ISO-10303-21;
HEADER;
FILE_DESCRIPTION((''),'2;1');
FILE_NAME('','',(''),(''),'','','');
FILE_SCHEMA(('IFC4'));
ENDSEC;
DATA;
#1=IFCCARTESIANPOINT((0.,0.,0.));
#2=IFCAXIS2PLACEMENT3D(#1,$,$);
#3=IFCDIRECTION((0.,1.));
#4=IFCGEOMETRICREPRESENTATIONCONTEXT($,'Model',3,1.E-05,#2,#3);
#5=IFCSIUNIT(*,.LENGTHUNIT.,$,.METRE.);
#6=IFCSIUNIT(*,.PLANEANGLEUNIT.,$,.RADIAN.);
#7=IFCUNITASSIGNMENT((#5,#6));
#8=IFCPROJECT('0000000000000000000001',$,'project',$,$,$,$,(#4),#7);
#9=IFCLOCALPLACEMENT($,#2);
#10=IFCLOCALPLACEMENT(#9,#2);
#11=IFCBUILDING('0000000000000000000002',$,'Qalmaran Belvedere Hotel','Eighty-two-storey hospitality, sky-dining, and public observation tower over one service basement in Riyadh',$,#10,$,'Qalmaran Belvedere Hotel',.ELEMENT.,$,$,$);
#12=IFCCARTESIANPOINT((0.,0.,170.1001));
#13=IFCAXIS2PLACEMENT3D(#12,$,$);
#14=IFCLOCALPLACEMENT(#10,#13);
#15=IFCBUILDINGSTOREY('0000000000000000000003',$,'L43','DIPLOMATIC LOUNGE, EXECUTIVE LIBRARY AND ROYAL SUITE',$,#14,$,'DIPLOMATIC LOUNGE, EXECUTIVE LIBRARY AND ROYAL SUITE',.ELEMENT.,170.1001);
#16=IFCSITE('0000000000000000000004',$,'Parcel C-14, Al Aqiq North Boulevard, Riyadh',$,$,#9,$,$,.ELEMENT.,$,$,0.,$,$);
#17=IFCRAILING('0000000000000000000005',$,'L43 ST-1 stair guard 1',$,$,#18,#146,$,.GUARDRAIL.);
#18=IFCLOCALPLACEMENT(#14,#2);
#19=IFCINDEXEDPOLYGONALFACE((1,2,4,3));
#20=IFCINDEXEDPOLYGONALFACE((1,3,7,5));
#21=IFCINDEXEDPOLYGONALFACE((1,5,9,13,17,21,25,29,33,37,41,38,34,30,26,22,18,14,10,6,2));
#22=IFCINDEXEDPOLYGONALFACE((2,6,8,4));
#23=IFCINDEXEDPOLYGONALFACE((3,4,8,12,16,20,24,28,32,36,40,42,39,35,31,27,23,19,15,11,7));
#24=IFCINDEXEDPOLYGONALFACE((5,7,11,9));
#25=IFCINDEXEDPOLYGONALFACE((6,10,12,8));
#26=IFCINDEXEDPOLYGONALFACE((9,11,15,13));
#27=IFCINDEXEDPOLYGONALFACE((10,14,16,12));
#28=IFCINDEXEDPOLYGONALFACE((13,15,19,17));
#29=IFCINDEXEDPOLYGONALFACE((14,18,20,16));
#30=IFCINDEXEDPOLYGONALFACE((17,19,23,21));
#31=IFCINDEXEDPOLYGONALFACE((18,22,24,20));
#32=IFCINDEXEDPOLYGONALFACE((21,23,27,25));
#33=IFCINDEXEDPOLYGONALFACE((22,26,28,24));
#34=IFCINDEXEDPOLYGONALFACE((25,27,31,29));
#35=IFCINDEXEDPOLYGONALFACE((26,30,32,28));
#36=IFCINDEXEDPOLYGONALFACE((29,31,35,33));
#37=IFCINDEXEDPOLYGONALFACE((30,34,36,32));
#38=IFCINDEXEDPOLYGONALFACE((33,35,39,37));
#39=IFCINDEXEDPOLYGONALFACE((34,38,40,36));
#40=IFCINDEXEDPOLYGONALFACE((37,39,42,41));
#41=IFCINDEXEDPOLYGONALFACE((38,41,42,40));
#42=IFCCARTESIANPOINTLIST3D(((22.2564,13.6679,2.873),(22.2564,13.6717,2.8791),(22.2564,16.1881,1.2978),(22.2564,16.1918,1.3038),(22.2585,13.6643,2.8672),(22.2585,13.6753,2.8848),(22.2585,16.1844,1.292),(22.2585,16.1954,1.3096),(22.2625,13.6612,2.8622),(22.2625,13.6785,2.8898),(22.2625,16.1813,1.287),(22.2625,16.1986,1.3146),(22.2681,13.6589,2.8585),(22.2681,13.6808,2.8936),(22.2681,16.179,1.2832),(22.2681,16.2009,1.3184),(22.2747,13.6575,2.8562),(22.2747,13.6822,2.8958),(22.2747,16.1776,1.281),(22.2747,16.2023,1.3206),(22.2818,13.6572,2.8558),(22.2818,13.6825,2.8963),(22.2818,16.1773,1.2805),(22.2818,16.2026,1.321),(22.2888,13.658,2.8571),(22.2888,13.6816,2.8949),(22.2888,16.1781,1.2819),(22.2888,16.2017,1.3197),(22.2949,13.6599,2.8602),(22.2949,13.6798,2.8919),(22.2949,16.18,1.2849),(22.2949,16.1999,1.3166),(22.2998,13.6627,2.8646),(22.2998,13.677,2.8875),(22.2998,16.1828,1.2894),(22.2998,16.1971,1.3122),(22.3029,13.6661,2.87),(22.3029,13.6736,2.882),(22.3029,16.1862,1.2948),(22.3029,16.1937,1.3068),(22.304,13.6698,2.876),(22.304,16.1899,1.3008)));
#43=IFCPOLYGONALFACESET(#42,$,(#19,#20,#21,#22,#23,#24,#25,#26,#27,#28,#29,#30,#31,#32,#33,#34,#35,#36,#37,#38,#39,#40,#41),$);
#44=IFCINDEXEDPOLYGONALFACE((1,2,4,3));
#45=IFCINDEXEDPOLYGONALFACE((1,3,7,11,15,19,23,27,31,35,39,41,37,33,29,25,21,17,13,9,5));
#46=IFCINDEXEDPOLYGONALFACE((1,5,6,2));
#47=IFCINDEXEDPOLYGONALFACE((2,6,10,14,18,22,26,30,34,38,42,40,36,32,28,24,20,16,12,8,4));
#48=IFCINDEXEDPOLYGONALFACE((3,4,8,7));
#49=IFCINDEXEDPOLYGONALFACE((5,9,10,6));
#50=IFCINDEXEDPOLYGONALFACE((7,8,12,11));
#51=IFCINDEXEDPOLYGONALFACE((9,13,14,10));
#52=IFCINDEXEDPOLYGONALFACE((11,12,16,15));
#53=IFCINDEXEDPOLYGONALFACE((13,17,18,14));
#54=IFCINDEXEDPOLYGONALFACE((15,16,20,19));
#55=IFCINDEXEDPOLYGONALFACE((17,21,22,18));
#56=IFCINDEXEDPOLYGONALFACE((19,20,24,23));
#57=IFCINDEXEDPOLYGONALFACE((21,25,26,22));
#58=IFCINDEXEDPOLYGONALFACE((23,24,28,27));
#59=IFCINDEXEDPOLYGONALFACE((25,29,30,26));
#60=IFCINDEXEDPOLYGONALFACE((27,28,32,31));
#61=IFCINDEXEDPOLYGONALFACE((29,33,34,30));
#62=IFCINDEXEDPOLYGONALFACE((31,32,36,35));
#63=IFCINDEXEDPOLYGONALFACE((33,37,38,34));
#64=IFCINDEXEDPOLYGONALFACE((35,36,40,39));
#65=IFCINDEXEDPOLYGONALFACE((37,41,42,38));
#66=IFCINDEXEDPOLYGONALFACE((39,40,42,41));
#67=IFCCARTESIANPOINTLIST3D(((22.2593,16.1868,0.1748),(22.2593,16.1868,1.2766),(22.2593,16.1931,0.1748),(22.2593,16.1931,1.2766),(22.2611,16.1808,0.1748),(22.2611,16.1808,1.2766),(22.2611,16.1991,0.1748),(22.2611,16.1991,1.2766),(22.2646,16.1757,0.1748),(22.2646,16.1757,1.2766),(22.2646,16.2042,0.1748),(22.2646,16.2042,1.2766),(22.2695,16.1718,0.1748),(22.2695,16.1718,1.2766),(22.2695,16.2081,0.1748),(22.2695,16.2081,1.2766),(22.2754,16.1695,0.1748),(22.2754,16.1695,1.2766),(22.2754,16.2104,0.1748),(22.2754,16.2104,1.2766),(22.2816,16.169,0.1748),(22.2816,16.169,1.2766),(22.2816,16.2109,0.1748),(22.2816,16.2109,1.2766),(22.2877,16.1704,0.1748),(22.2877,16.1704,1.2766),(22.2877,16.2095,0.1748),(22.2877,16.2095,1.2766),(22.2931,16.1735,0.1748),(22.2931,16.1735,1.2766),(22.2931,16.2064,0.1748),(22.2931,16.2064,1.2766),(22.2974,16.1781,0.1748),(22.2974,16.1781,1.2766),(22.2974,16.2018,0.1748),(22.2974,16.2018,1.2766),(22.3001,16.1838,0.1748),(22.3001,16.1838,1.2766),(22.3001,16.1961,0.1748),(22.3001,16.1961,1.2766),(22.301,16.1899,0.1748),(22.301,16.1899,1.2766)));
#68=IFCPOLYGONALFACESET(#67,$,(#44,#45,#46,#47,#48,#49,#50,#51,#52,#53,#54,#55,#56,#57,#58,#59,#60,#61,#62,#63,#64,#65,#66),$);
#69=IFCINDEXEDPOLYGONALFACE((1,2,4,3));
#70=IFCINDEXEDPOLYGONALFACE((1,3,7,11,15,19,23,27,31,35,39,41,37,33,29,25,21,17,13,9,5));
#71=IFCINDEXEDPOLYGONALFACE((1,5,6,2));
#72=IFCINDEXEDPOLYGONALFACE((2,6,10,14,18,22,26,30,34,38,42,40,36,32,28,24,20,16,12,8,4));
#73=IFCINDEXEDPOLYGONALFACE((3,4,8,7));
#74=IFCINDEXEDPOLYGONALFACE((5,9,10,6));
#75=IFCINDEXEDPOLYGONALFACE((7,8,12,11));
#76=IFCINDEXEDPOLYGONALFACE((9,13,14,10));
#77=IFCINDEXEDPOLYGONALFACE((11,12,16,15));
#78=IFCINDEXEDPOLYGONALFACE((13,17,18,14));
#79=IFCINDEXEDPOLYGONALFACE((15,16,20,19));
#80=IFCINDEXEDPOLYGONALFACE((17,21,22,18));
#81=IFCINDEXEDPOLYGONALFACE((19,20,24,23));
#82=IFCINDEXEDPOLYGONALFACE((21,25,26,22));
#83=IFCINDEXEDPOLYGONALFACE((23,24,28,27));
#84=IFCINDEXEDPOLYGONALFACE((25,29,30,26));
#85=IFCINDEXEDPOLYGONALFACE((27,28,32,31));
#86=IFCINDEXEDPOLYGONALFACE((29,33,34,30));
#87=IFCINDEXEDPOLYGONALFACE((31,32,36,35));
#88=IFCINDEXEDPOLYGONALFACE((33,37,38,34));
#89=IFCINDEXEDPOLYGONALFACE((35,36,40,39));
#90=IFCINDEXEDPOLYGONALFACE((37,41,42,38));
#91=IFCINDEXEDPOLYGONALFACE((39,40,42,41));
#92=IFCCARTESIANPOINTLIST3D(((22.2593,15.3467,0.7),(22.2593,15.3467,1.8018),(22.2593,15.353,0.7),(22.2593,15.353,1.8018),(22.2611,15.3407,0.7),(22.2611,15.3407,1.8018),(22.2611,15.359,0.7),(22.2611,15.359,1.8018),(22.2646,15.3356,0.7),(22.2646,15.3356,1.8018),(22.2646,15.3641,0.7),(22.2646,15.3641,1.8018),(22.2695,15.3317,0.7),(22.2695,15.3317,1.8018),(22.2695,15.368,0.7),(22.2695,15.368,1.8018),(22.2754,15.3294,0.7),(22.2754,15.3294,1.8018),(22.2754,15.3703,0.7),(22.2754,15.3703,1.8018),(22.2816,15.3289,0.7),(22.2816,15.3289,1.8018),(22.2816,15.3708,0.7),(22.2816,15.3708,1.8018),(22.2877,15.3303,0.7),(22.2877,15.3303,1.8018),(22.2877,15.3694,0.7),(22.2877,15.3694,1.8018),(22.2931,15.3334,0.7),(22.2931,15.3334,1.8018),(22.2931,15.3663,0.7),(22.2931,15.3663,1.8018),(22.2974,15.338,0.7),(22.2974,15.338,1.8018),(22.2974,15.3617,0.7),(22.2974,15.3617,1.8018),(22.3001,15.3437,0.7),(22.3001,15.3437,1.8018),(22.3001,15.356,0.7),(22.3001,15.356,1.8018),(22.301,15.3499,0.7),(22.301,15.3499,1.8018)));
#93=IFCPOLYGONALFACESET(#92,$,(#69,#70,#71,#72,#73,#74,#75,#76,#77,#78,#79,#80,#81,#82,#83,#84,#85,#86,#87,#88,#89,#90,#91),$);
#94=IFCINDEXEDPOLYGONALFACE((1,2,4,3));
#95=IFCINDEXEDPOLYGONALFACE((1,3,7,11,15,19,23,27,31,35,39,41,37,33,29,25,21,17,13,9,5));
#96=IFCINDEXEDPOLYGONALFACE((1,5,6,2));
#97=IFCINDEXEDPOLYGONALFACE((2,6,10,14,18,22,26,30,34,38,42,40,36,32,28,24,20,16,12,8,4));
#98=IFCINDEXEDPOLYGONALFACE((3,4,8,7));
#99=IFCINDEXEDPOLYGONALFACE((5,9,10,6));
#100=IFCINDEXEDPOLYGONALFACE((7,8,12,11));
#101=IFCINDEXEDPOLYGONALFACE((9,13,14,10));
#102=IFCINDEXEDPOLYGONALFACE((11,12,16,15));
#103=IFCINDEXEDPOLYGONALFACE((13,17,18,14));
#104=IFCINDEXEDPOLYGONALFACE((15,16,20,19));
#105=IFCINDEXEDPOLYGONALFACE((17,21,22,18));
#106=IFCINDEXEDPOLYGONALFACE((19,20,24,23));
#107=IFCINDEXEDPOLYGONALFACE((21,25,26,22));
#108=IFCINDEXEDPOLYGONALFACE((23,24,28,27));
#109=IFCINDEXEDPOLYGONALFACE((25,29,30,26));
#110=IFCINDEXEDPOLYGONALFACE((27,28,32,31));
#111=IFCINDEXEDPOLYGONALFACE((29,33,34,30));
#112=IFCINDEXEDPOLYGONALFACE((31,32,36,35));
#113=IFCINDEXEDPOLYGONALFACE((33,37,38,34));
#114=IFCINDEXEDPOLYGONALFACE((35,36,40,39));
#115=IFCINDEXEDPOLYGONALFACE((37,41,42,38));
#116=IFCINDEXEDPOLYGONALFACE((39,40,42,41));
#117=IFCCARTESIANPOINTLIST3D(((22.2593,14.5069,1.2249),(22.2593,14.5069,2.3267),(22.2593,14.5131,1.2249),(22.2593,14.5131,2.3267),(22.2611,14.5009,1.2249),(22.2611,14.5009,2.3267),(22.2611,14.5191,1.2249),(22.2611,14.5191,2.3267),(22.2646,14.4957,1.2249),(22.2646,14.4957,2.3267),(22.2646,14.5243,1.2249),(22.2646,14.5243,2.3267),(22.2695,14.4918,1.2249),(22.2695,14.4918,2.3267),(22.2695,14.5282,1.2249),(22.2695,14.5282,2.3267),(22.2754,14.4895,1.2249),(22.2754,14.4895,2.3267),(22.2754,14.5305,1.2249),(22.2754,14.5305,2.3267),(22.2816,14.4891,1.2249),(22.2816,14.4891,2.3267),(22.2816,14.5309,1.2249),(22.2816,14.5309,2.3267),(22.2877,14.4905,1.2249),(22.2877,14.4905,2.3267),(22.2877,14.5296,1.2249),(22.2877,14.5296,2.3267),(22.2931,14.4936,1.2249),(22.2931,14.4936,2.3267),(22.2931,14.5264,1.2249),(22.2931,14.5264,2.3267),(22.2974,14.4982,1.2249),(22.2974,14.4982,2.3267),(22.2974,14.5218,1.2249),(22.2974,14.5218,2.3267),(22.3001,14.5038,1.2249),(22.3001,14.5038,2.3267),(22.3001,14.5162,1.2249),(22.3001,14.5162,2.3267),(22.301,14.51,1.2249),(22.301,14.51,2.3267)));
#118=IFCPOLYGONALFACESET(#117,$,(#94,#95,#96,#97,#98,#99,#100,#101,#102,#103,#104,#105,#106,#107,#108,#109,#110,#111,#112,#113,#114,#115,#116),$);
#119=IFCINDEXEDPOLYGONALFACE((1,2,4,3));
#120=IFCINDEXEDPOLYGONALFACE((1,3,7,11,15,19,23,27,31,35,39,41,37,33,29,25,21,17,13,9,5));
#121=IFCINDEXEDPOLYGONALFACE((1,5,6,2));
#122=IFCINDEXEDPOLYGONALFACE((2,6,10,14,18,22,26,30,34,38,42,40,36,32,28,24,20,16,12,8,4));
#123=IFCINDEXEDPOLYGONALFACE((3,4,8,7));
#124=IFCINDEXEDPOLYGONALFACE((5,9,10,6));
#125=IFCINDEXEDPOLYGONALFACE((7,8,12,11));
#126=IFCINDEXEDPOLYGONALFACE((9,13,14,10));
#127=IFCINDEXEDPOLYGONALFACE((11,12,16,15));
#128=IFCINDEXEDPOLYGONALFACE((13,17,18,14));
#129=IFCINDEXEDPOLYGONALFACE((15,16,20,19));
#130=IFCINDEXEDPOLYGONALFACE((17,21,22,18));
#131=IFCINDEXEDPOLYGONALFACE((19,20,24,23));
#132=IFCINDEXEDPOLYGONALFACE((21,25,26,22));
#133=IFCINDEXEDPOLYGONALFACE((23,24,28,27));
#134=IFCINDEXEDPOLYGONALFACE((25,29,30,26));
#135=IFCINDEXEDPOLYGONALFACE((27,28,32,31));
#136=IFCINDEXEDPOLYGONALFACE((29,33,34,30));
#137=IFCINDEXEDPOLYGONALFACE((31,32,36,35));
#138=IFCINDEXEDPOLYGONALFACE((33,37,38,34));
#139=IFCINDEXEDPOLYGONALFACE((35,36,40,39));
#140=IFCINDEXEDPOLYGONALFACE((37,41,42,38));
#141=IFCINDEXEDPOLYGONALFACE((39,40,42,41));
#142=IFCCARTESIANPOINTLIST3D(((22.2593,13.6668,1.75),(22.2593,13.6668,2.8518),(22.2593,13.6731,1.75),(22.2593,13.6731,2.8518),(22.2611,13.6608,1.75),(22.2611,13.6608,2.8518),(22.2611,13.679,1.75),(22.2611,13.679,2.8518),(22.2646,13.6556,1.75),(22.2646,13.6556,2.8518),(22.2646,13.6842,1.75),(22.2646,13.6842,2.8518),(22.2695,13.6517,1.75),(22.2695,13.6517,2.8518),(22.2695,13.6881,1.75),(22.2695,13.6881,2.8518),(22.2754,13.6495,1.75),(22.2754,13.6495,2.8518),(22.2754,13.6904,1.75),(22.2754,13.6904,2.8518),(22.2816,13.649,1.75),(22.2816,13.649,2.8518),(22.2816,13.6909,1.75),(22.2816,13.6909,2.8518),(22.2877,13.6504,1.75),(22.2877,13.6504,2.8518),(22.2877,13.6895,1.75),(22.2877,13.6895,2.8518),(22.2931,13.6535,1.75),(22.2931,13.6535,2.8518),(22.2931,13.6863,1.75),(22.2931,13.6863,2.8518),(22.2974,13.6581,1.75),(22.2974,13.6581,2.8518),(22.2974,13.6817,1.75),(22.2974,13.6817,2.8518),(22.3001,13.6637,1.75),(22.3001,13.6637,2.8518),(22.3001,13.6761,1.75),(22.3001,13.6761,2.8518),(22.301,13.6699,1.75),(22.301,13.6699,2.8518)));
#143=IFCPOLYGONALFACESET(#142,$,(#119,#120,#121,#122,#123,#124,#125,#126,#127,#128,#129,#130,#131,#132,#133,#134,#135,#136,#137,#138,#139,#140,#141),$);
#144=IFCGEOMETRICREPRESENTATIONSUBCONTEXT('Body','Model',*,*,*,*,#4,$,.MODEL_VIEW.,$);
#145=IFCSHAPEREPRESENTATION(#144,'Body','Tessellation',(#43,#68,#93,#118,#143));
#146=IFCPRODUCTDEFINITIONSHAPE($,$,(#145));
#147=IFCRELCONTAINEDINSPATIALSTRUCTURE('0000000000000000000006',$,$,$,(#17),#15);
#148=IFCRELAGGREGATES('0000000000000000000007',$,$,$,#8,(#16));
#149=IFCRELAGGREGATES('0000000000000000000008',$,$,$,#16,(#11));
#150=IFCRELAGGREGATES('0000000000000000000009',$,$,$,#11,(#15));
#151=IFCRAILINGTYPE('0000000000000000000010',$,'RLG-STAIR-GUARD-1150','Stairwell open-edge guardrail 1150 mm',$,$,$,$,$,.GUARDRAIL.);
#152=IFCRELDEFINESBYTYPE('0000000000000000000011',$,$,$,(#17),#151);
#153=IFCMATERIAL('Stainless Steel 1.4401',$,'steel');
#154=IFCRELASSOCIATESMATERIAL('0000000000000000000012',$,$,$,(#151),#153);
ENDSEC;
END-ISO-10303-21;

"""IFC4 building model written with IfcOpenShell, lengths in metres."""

from ifc_helpers import new_model, si_unit, direction, frame, origin, origin_2d, place, context, subcontext, project, spatial, circle, extrude, material, type_object, element, save


model = new_model("IFC4")

# Units and contexts
model_context = context("Model", 3, precision=1e-05, world=origin(), true_north=direction((0.0, 1.0)))
body_context = subcontext(model_context, "Body", "Model", "MODEL_VIEW")
ifc_project = project(units=[si_unit("LENGTHUNIT", "METRE"), si_unit("PLANEANGLEUNIT", "RADIAN")], contexts=[model_context])

# Site, building, storey
site_placement = place(None, origin())
site = spatial("IfcSite", under=ifc_project, at=site_placement, Name="Parcel C-14, Al Aqiq North Boulevard, Riyadh", CompositionType="ELEMENT", RefElevation=0.0)
building_placement = place(site_placement, origin())
building = spatial("IfcBuilding", under=site, at=building_placement, Name="Qalmaran Belvedere Hotel", Description="Eighty-two-storey hospitality, sky-dining, and public observation tower over one service basement in Riyadh", LongName="Qalmaran Belvedere Hotel", CompositionType="ELEMENT")
storey_placement = place(building_placement, frame((0.0, 0.0, 170.1001)))
storey = spatial("IfcBuildingStorey", under=building, at=storey_placement, Name="L43", Description="DIPLOMATIC LOUNGE, EXECUTIVE LIBRARY AND ROYAL SUITE", LongName="DIPLOMATIC LOUNGE, EXECUTIVE LIBRARY AND ROYAL SUITE", CompositionType="ELEMENT", Elevation=170.1001)

# Shared definitions
ifc_material_1 = material(Name="Stainless Steel 1.4401", Category="steel")

# Railing
railing_type_1 = type_object("IfcRailingType", Name="RLG-STAIR-GUARD-1150", Description="Stairwell open-edge guardrail 1150 mm", PredefinedType="GUARDRAIL", material=ifc_material_1)
railing_1_placement = place(storey_placement, frame((22.28, 16.1899, 0.1748)))
element("IfcRailing", 1, at=railing_1_placement, inside=storey, type_object=railing_type_1, Name="L43 ST-1 stair guard 1", PredefinedType="GUARDRAIL", context=body_context, shape_type="SweptSolid", body=[
    extrude(circle(Radius=0.0239, at=origin_2d()), frame((0.0, 0.0, 1.126), z_axis=(0.0, -0.847971, 0.530043), x_axis=(1.0, 0.0, 0.0)), (0.0, 0.0, 1.0), 2.9719),
    extrude(circle(Radius=0.021, at=origin_2d()), origin(), (0.0, 0.0, 1.0), 1.1018),
    extrude(circle(Radius=0.021, at=origin_2d()), frame((0.0, -0.8401, 0.5251)), (0.0, 0.0, 1.0), 1.1018),
    extrude(circle(Radius=0.021, at=origin_2d()), frame((0.0, -1.6799, 1.05)), (0.0, 0.0, 1.0), 1.1018),
    extrude(circle(Radius=0.021, at=origin_2d()), frame((0.0, -2.52, 1.5752)), (0.0, 0.0, 1.0), 1.1018),
])

save(model, "model.ifc")
